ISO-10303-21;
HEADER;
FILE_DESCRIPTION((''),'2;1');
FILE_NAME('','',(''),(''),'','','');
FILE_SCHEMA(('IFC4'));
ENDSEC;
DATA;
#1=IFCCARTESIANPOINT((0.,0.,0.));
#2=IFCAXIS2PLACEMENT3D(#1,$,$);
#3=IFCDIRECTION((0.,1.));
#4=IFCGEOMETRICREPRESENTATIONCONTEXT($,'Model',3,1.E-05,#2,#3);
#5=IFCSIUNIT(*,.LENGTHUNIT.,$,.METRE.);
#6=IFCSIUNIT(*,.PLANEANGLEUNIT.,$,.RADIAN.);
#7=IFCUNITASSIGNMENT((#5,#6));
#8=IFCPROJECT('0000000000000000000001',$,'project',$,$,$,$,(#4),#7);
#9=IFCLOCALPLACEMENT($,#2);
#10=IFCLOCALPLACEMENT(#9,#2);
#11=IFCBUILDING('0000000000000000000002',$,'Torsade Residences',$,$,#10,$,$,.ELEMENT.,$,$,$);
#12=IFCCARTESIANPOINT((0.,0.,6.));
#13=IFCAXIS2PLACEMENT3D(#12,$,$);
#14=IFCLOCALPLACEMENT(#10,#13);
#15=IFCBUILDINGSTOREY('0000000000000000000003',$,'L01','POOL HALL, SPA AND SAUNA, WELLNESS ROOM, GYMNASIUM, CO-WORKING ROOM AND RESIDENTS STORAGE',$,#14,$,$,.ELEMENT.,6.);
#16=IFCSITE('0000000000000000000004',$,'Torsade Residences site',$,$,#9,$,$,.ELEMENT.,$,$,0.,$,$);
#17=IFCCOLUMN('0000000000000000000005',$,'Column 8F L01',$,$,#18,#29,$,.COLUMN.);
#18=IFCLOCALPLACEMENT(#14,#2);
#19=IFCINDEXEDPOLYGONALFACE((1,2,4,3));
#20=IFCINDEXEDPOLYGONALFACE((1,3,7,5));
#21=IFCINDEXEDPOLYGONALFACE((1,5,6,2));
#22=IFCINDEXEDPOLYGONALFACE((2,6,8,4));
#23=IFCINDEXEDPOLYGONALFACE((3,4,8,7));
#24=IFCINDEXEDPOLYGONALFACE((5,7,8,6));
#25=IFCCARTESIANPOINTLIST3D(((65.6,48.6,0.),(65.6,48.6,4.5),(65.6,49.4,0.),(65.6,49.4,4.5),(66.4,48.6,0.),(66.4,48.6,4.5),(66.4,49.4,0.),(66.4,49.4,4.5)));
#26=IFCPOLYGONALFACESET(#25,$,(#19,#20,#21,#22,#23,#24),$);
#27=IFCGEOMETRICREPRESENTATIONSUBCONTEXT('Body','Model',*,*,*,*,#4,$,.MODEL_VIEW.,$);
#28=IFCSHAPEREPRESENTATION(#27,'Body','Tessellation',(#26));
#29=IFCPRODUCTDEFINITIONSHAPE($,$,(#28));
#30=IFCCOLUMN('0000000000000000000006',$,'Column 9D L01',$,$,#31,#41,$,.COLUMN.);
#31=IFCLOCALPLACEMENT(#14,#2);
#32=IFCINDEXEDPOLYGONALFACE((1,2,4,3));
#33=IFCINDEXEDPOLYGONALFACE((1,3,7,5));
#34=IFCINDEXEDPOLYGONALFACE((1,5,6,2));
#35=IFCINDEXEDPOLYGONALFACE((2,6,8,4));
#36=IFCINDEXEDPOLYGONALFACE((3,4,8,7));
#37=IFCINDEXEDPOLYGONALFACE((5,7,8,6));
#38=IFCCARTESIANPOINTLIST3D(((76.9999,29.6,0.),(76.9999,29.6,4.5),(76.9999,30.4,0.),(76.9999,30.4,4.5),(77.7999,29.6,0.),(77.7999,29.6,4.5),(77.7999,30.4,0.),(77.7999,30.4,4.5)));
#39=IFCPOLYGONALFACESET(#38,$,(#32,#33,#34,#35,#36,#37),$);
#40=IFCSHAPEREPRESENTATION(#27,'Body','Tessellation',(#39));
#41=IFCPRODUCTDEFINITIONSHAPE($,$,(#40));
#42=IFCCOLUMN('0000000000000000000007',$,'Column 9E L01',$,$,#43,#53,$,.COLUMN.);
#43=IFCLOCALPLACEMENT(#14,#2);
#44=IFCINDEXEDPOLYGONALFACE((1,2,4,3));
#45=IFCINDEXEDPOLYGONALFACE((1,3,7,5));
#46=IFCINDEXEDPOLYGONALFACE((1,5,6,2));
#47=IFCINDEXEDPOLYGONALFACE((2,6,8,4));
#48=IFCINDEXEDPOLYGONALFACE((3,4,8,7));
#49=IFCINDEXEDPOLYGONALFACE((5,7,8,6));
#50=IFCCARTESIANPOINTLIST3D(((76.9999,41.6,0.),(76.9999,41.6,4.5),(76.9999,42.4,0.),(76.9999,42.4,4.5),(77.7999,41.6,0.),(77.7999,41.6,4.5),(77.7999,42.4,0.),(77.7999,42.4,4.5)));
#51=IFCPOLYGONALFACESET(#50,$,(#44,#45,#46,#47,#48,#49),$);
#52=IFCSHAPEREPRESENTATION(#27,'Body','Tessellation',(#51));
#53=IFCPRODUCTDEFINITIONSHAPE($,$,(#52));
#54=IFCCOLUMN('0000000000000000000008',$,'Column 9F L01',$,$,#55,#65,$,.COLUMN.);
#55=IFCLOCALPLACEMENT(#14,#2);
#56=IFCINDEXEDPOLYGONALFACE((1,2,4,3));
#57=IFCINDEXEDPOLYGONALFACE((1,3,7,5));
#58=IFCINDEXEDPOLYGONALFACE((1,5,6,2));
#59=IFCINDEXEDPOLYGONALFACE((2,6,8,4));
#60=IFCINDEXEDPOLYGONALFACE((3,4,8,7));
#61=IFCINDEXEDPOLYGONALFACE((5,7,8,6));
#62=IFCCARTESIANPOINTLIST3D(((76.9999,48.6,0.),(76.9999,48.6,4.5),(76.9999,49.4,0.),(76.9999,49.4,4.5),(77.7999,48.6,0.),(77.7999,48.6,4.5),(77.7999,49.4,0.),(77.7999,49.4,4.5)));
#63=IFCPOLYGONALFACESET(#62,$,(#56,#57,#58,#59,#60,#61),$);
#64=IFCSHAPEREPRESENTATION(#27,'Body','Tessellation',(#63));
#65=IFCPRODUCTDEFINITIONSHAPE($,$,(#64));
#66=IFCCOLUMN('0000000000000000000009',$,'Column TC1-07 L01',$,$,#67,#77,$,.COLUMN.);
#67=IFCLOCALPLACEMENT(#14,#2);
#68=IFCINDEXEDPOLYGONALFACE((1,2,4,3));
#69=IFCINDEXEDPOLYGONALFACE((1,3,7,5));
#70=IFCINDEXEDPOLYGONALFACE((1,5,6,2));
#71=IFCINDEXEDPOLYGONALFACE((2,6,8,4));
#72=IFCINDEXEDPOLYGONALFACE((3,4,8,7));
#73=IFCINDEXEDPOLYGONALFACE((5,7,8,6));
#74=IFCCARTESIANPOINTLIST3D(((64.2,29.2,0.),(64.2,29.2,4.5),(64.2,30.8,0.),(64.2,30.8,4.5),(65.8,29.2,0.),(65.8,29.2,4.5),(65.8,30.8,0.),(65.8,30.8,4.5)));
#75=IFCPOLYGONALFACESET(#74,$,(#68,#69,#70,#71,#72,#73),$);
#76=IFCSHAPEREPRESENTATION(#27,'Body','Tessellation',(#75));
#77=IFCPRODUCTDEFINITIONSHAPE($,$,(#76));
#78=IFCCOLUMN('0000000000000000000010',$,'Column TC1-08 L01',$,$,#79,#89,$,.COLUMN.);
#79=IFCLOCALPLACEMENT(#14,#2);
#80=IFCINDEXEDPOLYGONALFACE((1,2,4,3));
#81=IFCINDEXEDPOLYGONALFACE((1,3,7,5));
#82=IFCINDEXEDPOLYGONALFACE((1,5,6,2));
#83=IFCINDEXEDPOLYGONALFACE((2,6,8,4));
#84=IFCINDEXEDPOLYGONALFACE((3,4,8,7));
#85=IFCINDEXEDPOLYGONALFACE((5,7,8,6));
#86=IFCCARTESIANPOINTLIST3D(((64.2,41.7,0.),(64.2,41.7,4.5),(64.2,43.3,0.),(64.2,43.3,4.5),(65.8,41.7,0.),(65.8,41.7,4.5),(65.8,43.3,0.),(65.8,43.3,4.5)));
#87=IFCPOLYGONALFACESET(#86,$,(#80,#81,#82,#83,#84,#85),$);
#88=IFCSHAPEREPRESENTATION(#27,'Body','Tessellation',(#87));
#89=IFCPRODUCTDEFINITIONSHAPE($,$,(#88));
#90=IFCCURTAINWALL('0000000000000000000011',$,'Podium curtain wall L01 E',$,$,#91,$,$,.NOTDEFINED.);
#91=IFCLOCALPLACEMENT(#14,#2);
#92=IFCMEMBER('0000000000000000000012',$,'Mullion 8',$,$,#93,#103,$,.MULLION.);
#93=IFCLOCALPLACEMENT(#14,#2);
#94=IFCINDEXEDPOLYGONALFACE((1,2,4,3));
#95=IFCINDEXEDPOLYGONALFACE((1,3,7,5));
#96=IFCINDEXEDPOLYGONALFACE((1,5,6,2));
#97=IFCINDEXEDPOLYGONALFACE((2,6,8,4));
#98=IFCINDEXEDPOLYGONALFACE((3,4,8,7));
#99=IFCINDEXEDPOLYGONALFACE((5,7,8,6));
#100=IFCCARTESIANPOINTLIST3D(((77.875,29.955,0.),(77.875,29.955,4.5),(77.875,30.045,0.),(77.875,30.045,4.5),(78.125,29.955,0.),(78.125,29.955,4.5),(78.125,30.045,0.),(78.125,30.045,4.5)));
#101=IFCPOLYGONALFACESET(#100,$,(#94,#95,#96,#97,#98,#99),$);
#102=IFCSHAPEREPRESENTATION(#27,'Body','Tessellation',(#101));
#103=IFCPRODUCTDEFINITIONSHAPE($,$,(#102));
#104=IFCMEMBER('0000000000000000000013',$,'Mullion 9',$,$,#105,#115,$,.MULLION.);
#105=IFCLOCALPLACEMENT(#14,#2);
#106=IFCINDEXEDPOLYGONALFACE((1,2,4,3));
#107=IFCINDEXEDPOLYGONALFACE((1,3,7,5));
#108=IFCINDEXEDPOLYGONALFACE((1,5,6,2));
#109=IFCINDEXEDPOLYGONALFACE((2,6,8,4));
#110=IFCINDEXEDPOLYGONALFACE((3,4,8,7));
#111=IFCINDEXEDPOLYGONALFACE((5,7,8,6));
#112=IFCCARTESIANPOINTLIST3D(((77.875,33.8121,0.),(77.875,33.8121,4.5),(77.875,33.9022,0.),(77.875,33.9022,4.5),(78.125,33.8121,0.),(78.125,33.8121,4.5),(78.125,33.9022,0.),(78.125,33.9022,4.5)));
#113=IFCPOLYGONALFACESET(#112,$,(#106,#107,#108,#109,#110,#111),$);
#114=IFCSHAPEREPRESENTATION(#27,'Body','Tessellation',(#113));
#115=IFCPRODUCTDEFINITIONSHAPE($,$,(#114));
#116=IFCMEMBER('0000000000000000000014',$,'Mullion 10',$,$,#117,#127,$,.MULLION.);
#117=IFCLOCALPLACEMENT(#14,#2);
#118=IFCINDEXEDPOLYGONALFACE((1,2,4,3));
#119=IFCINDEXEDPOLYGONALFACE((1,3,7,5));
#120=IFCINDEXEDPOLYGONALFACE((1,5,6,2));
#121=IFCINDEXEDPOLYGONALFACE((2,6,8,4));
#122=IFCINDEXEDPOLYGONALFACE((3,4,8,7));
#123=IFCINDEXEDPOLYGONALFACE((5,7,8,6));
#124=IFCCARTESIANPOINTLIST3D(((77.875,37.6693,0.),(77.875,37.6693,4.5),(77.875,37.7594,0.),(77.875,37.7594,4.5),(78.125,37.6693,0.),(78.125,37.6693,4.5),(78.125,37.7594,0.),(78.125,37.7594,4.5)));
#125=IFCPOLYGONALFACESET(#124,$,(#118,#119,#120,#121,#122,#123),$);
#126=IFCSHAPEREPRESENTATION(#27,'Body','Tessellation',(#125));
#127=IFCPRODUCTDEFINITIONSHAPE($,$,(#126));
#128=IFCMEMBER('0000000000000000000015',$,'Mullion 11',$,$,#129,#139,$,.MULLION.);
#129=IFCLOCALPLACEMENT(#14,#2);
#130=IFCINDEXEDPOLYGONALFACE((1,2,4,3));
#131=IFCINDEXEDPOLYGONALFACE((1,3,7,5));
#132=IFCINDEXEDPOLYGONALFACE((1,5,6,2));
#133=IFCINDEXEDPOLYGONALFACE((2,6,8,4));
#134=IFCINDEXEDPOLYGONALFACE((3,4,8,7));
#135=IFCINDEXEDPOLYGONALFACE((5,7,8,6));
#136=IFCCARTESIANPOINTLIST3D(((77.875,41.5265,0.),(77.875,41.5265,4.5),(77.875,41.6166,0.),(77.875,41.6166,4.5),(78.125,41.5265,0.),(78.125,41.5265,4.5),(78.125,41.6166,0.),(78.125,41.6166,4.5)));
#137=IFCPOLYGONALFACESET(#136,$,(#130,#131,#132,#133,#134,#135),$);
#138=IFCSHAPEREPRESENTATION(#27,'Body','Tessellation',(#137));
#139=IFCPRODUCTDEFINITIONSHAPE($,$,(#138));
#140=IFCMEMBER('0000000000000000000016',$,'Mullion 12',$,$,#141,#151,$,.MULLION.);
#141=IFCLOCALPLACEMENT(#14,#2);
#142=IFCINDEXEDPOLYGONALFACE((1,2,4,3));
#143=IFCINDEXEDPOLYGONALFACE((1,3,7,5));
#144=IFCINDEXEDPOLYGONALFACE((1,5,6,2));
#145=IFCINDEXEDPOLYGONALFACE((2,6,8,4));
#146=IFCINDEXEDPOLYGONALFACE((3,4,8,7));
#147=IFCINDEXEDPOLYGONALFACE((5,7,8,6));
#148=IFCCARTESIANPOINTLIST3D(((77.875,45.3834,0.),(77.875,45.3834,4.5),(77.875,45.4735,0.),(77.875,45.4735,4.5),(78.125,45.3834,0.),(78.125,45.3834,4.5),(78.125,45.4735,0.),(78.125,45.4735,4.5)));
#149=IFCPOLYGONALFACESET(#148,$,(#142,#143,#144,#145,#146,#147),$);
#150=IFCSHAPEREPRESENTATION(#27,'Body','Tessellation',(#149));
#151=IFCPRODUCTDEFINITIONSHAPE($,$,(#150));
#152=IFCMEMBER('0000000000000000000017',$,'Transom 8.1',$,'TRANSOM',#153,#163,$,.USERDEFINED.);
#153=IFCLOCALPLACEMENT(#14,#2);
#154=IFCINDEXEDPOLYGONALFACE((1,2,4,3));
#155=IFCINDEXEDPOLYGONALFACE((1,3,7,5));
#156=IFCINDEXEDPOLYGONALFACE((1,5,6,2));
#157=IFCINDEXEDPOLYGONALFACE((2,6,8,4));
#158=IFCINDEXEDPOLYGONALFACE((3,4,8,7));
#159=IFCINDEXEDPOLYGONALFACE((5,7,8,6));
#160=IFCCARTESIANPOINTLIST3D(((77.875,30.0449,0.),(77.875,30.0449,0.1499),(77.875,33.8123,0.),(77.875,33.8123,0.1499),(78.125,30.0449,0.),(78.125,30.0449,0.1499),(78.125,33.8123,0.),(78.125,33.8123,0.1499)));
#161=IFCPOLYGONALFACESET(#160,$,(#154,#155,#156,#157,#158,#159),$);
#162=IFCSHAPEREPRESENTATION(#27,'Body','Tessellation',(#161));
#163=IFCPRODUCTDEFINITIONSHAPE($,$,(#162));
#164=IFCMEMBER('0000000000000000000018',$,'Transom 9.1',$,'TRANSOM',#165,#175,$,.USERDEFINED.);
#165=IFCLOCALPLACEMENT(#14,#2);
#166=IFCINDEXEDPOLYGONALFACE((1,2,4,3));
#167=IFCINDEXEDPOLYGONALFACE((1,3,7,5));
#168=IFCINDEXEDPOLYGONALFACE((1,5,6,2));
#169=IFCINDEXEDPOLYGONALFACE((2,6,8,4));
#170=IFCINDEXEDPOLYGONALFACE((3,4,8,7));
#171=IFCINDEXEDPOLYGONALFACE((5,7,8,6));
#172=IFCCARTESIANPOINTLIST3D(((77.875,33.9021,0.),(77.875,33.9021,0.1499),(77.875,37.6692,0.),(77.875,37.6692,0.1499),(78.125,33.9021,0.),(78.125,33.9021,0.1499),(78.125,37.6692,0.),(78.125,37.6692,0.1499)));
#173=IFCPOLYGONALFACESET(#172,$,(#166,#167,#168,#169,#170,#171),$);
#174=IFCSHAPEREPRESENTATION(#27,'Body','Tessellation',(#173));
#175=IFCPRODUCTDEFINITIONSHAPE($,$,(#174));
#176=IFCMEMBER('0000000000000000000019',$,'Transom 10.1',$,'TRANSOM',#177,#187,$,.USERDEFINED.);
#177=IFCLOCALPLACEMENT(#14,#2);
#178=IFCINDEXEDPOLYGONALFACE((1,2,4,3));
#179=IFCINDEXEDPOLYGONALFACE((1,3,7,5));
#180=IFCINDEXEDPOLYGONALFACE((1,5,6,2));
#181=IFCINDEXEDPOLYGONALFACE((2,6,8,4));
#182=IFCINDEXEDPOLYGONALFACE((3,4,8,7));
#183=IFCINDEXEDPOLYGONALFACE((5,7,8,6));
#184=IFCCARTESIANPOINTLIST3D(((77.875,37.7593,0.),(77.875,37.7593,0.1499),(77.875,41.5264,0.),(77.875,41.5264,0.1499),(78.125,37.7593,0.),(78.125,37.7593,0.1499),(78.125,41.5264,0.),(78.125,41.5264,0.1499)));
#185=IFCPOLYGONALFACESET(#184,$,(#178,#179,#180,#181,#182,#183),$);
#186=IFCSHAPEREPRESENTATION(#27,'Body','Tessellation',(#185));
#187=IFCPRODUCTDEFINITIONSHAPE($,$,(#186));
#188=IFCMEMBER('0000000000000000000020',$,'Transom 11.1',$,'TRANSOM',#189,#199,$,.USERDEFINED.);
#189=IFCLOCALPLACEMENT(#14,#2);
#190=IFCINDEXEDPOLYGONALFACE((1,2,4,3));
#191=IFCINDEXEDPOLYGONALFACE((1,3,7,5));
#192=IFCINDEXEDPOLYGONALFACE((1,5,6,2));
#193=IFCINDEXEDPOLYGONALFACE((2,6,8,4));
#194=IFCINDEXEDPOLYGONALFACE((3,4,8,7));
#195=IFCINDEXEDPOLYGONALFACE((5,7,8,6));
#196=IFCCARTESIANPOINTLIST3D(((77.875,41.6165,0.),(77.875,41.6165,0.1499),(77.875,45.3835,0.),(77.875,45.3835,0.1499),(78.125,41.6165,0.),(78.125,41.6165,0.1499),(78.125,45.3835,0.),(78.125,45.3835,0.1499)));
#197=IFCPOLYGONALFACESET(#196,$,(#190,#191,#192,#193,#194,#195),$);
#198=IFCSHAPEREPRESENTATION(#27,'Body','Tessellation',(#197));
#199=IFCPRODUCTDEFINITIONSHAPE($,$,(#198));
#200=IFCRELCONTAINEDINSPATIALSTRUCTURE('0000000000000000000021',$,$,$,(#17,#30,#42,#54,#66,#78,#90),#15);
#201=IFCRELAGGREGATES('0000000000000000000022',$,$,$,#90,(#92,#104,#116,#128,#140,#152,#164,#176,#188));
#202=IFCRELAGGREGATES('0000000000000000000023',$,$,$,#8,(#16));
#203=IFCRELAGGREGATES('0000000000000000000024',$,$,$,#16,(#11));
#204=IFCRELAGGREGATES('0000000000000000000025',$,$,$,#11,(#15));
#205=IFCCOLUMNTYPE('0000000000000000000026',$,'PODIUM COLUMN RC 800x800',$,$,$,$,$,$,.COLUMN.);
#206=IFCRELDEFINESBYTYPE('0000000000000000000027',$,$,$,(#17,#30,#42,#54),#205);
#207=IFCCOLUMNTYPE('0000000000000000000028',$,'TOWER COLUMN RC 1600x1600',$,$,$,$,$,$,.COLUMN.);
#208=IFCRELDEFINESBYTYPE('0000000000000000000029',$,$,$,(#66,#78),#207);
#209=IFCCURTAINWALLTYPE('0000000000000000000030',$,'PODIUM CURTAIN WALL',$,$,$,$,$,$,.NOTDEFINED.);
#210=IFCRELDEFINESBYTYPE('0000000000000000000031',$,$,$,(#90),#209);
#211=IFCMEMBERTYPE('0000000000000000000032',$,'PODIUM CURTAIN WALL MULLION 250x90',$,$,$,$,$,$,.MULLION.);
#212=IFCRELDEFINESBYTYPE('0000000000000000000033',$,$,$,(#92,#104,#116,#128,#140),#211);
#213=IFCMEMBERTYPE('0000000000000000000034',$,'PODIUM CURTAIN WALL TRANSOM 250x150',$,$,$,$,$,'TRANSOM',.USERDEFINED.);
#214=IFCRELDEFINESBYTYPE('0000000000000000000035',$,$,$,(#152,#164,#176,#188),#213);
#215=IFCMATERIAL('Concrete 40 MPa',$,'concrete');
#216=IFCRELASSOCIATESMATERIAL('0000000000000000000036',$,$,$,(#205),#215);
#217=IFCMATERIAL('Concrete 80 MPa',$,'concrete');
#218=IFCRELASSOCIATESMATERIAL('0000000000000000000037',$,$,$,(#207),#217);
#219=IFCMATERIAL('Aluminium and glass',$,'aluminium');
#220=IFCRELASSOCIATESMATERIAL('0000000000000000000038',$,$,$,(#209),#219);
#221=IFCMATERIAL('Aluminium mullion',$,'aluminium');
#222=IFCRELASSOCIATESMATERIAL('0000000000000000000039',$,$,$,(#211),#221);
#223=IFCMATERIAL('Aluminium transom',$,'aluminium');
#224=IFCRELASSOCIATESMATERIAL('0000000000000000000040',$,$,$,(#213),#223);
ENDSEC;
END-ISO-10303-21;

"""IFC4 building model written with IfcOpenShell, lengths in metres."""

from ifc_helpers import new_model, si_unit, direction, frame, origin, origin_2d, place, context, subcontext, project, spatial, rectangle, extrude, material, material_profile, profile_set, type_object, element, aggregate, save


model = new_model("IFC4")

# Units and contexts
model_context = context("Model", 3, precision=1e-05, world=origin(), true_north=direction((0.0, 1.0)))
body_context = subcontext(model_context, "Body", "Model", "MODEL_VIEW")
ifc_project = project(units=[si_unit("LENGTHUNIT", "METRE"), si_unit("PLANEANGLEUNIT", "RADIAN")], contexts=[model_context])

# Site, building, storey
site_placement = place(None, origin())
site = spatial("IfcSite", under=ifc_project, at=site_placement, Name="Torsade Residences site", CompositionType="ELEMENT", RefElevation=0.0)
building_placement = place(site_placement, origin())
building = spatial("IfcBuilding", under=site, at=building_placement, Name="Torsade Residences", CompositionType="ELEMENT")
storey_placement = place(building_placement, frame((0.0, 0.0, 6.0)))
storey = spatial("IfcBuildingStorey", under=building, at=storey_placement, Name="L01", Description="POOL HALL, SPA AND SAUNA, WELLNESS ROOM, GYMNASIUM, CO-WORKING ROOM AND RESIDENTS STORAGE", CompositionType="ELEMENT", Elevation=6.0)

# Columns
ifc_material_1 = material(Name="Concrete 40 MPa", Category="concrete")
ifc_material_profile_1 = material_profile(ifc_material_1, rectangle(XDim=0.8, YDim=0.8, at=origin_2d()), Name="RC 800x800")
ifc_profile_set_1 = profile_set([ifc_material_profile_1], Name="Concrete 40 MPa")
column_type_1 = type_object("IfcColumnType", Name="PODIUM COLUMN RC 800x800", PredefinedType="COLUMN", material=ifc_profile_set_1)
for number, where, z_axis, x_axis, name in (
    (1, (66.0, 49.0, 0.0), (0.0, 0.0, 1.0), (1.0, 0.0, 0.0), "Column 8F L01"),
    (2, (77.3999, 30.0, 0.0), (0.0, 0.0, 1.0), (1.0, 0.0, 0.0), "Column 9D L01"),
    (3, (77.3999, 42.0, 0.0), (0.0, 0.0, 1.0), (1.0, 0.0, 0.0), "Column 9E L01"),
    (4, (77.3999, 49.0, 0.0), (0.0, 0.0, 1.0), (1.0, 0.0, 0.0), "Column 9F L01"),
):
    element("IfcColumn", number, at=place(storey_placement, frame(where, z_axis=z_axis, x_axis=x_axis)), inside=storey, type_object=column_type_1, Name=name, PredefinedType="COLUMN", context=body_context, shape_type="SweptSolid", body=[
        extrude(rectangle(XDim=0.8, YDim=0.8, at=origin_2d()), origin(), (0.0, 0.0, 1.0), 4.5),
    ])
ifc_material_2 = material(Name="Concrete 80 MPa", Category="concrete")
ifc_material_profile_2 = material_profile(ifc_material_2, rectangle(XDim=1.6001, YDim=1.6001, at=origin_2d()), Name="RC 1600x1600")
ifc_profile_set_2 = profile_set([ifc_material_profile_2], Name="Concrete 80 MPa")
column_type_2 = type_object("IfcColumnType", Name="TOWER COLUMN RC 1600x1600", PredefinedType="COLUMN", material=ifc_profile_set_2)
for number, where, z_axis, x_axis, name in (
    (5, (65.0, 30.0, 0.0), (0.0, 0.0, 1.0), (1.0, 0.0, 0.0), "Column TC1-07 L01"),
    (6, (65.0, 42.5, 0.0), (0.0, 0.0, 1.0), (1.0, 0.0, 0.0), "Column TC1-08 L01"),
):
    element("IfcColumn", number, at=place(storey_placement, frame(where, z_axis=z_axis, x_axis=x_axis)), inside=storey, type_object=column_type_2, Name=name, PredefinedType="COLUMN", context=body_context, shape_type="SweptSolid", body=[
        extrude(rectangle(XDim=1.6001, YDim=1.6001, at=origin_2d()), origin(), (0.0, 0.0, 1.0), 4.5),
    ])

# Curtain wall, members
ifc_material_3 = material(Name="Aluminium and glass", Category="aluminium")
curtain_wall_type = type_object("IfcCurtainWallType", Name="PODIUM CURTAIN WALL", PredefinedType="NOTDEFINED", material=ifc_material_3)
curtain_wall_placement = place(storey_placement, origin())
curtain_wall = element("IfcCurtainWall", 7, at=curtain_wall_placement, inside=storey, type_object=curtain_wall_type, Name="Podium curtain wall L01 E", PredefinedType="NOTDEFINED")
ifc_material_4 = material(Name="Aluminium mullion", Category="aluminium")
ifc_material_profile_3 = material_profile(ifc_material_4, rectangle(XDim=0.25, YDim=0.0901, at=origin_2d()), Name="PODIUM CURTAIN WALL MULLION 250x90")
ifc_profile_set_3 = profile_set([ifc_material_profile_3], Name="Aluminium mullion")
member_type_1 = type_object("IfcMemberType", Name="PODIUM CURTAIN WALL MULLION 250x90", PredefinedType="MULLION", material=ifc_profile_set_3)
member_1_placement = place(storey_placement, frame((78.0, 30.0, 0.0), z_axis=(0.0, 0.0, 1.0), x_axis=(-1.0, 0.0, 0.0)))
member_1 = element("IfcMember", 8, at=member_1_placement, type_object=member_type_1, Name="Mullion 8", PredefinedType="MULLION", context=body_context, shape_type="SweptSolid", body=[
    extrude(rectangle(XDim=0.25, YDim=0.0901, at=origin_2d()), origin(), (0.0, 0.0, 1.0), 4.5),
])
member_2_placement = place(storey_placement, frame((78.0, 33.8572, 0.0), z_axis=(0.0, 0.0, 1.0), x_axis=(-1.0, 0.0, 0.0)))
member_2 = element("IfcMember", 9, at=member_2_placement, type_object=member_type_1, Name="Mullion 9", PredefinedType="MULLION", context=body_context, shape_type="SweptSolid", body=[
    extrude(rectangle(XDim=0.25, YDim=0.0901, at=origin_2d()), origin(), (0.0, 0.0, 1.0), 4.5),
])
member_3_placement = place(storey_placement, frame((78.0, 37.7144, 0.0), z_axis=(0.0, 0.0, 1.0), x_axis=(-1.0, 0.0, 0.0)))
member_3 = element("IfcMember", 10, at=member_3_placement, type_object=member_type_1, Name="Mullion 10", PredefinedType="MULLION", context=body_context, shape_type="SweptSolid", body=[
    extrude(rectangle(XDim=0.25, YDim=0.0901, at=origin_2d()), origin(), (0.0, 0.0, 1.0), 4.5),
])
member_4_placement = place(storey_placement, frame((78.0, 41.5715, 0.0), z_axis=(0.0, 0.0, 1.0), x_axis=(-1.0, 0.0, 0.0)))
member_4 = element("IfcMember", 11, at=member_4_placement, type_object=member_type_1, Name="Mullion 11", PredefinedType="MULLION", context=body_context, shape_type="SweptSolid", body=[
    extrude(rectangle(XDim=0.25, YDim=0.0901, at=origin_2d()), origin(), (0.0, 0.0, 1.0), 4.5),
])
member_5_placement = place(storey_placement, frame((78.0, 45.4285, 0.0), z_axis=(0.0, 0.0, 1.0), x_axis=(-1.0, 0.0, 0.0)))
member_5 = element("IfcMember", 12, at=member_5_placement, type_object=member_type_1, Name="Mullion 12", PredefinedType="MULLION", context=body_context, shape_type="SweptSolid", body=[
    extrude(rectangle(XDim=0.25, YDim=0.0901, at=origin_2d()), origin(), (0.0, 0.0, 1.0), 4.5),
])
ifc_material_5 = material(Name="Aluminium transom", Category="aluminium")
ifc_material_profile_4 = material_profile(ifc_material_5, rectangle(XDim=0.25, YDim=0.1499, at=origin_2d()), Name="PODIUM CURTAIN WALL TRANSOM 250x150")
ifc_profile_set_4 = profile_set([ifc_material_profile_4], Name="Aluminium transom")
member_type_2 = type_object("IfcMemberType", Name="PODIUM CURTAIN WALL TRANSOM 250x150", ElementType="TRANSOM", PredefinedType="USERDEFINED", material=ifc_profile_set_4)
member_6_placement = place(storey_placement, frame((78.0, 30.0449, 0.075), z_axis=(0.0, 1.0, 0.0), x_axis=(-1.0, 0.0, 0.0)))
member_6 = element("IfcMember", 13, at=member_6_placement, type_object=member_type_2, Name="Transom 8.1", ObjectType="TRANSOM", PredefinedType="USERDEFINED", context=body_context, shape_type="SweptSolid", body=[
    extrude(rectangle(XDim=0.25, YDim=0.1499, at=origin_2d()), origin(), (0.0, 0.0, 1.0), 3.7673),
])
member_7_placement = place(storey_placement, frame((78.0, 33.9021, 0.075), z_axis=(0.0, 1.0, 0.0), x_axis=(-1.0, 0.0, 0.0)))
member_7 = element("IfcMember", 14, at=member_7_placement, type_object=member_type_2, Name="Transom 9.1", ObjectType="TRANSOM", PredefinedType="USERDEFINED", context=body_context, shape_type="SweptSolid", body=[
    extrude(rectangle(XDim=0.25, YDim=0.1499, at=origin_2d()), origin(), (0.0, 0.0, 1.0), 3.7671),
])
member_8_placement = place(storey_placement, frame((78.0, 37.7593, 0.075), z_axis=(0.0, 1.0, 0.0), x_axis=(-1.0, 0.0, 0.0)))
member_8 = element("IfcMember", 15, at=member_8_placement, type_object=member_type_2, Name="Transom 10.1", ObjectType="TRANSOM", PredefinedType="USERDEFINED", context=body_context, shape_type="SweptSolid", body=[
    extrude(rectangle(XDim=0.25, YDim=0.1499, at=origin_2d()), origin(), (0.0, 0.0, 1.0), 3.7671),
])
member_9_placement = place(storey_placement, frame((78.0, 41.6165, 0.075), z_axis=(0.0, 1.0, 0.0), x_axis=(-1.0, 0.0, 0.0)))
member_9 = element("IfcMember", 16, at=member_9_placement, type_object=member_type_2, Name="Transom 11.1", ObjectType="TRANSOM", PredefinedType="USERDEFINED", context=body_context, shape_type="SweptSolid", body=[
    extrude(rectangle(XDim=0.25, YDim=0.1499, at=origin_2d()), origin(), (0.0, 0.0, 1.0), 3.7671),
])
aggregate(curtain_wall, [member_1, member_2, member_3, member_4, member_5, member_6, member_7, member_8, member_9])

save(model, "model.ifc")
